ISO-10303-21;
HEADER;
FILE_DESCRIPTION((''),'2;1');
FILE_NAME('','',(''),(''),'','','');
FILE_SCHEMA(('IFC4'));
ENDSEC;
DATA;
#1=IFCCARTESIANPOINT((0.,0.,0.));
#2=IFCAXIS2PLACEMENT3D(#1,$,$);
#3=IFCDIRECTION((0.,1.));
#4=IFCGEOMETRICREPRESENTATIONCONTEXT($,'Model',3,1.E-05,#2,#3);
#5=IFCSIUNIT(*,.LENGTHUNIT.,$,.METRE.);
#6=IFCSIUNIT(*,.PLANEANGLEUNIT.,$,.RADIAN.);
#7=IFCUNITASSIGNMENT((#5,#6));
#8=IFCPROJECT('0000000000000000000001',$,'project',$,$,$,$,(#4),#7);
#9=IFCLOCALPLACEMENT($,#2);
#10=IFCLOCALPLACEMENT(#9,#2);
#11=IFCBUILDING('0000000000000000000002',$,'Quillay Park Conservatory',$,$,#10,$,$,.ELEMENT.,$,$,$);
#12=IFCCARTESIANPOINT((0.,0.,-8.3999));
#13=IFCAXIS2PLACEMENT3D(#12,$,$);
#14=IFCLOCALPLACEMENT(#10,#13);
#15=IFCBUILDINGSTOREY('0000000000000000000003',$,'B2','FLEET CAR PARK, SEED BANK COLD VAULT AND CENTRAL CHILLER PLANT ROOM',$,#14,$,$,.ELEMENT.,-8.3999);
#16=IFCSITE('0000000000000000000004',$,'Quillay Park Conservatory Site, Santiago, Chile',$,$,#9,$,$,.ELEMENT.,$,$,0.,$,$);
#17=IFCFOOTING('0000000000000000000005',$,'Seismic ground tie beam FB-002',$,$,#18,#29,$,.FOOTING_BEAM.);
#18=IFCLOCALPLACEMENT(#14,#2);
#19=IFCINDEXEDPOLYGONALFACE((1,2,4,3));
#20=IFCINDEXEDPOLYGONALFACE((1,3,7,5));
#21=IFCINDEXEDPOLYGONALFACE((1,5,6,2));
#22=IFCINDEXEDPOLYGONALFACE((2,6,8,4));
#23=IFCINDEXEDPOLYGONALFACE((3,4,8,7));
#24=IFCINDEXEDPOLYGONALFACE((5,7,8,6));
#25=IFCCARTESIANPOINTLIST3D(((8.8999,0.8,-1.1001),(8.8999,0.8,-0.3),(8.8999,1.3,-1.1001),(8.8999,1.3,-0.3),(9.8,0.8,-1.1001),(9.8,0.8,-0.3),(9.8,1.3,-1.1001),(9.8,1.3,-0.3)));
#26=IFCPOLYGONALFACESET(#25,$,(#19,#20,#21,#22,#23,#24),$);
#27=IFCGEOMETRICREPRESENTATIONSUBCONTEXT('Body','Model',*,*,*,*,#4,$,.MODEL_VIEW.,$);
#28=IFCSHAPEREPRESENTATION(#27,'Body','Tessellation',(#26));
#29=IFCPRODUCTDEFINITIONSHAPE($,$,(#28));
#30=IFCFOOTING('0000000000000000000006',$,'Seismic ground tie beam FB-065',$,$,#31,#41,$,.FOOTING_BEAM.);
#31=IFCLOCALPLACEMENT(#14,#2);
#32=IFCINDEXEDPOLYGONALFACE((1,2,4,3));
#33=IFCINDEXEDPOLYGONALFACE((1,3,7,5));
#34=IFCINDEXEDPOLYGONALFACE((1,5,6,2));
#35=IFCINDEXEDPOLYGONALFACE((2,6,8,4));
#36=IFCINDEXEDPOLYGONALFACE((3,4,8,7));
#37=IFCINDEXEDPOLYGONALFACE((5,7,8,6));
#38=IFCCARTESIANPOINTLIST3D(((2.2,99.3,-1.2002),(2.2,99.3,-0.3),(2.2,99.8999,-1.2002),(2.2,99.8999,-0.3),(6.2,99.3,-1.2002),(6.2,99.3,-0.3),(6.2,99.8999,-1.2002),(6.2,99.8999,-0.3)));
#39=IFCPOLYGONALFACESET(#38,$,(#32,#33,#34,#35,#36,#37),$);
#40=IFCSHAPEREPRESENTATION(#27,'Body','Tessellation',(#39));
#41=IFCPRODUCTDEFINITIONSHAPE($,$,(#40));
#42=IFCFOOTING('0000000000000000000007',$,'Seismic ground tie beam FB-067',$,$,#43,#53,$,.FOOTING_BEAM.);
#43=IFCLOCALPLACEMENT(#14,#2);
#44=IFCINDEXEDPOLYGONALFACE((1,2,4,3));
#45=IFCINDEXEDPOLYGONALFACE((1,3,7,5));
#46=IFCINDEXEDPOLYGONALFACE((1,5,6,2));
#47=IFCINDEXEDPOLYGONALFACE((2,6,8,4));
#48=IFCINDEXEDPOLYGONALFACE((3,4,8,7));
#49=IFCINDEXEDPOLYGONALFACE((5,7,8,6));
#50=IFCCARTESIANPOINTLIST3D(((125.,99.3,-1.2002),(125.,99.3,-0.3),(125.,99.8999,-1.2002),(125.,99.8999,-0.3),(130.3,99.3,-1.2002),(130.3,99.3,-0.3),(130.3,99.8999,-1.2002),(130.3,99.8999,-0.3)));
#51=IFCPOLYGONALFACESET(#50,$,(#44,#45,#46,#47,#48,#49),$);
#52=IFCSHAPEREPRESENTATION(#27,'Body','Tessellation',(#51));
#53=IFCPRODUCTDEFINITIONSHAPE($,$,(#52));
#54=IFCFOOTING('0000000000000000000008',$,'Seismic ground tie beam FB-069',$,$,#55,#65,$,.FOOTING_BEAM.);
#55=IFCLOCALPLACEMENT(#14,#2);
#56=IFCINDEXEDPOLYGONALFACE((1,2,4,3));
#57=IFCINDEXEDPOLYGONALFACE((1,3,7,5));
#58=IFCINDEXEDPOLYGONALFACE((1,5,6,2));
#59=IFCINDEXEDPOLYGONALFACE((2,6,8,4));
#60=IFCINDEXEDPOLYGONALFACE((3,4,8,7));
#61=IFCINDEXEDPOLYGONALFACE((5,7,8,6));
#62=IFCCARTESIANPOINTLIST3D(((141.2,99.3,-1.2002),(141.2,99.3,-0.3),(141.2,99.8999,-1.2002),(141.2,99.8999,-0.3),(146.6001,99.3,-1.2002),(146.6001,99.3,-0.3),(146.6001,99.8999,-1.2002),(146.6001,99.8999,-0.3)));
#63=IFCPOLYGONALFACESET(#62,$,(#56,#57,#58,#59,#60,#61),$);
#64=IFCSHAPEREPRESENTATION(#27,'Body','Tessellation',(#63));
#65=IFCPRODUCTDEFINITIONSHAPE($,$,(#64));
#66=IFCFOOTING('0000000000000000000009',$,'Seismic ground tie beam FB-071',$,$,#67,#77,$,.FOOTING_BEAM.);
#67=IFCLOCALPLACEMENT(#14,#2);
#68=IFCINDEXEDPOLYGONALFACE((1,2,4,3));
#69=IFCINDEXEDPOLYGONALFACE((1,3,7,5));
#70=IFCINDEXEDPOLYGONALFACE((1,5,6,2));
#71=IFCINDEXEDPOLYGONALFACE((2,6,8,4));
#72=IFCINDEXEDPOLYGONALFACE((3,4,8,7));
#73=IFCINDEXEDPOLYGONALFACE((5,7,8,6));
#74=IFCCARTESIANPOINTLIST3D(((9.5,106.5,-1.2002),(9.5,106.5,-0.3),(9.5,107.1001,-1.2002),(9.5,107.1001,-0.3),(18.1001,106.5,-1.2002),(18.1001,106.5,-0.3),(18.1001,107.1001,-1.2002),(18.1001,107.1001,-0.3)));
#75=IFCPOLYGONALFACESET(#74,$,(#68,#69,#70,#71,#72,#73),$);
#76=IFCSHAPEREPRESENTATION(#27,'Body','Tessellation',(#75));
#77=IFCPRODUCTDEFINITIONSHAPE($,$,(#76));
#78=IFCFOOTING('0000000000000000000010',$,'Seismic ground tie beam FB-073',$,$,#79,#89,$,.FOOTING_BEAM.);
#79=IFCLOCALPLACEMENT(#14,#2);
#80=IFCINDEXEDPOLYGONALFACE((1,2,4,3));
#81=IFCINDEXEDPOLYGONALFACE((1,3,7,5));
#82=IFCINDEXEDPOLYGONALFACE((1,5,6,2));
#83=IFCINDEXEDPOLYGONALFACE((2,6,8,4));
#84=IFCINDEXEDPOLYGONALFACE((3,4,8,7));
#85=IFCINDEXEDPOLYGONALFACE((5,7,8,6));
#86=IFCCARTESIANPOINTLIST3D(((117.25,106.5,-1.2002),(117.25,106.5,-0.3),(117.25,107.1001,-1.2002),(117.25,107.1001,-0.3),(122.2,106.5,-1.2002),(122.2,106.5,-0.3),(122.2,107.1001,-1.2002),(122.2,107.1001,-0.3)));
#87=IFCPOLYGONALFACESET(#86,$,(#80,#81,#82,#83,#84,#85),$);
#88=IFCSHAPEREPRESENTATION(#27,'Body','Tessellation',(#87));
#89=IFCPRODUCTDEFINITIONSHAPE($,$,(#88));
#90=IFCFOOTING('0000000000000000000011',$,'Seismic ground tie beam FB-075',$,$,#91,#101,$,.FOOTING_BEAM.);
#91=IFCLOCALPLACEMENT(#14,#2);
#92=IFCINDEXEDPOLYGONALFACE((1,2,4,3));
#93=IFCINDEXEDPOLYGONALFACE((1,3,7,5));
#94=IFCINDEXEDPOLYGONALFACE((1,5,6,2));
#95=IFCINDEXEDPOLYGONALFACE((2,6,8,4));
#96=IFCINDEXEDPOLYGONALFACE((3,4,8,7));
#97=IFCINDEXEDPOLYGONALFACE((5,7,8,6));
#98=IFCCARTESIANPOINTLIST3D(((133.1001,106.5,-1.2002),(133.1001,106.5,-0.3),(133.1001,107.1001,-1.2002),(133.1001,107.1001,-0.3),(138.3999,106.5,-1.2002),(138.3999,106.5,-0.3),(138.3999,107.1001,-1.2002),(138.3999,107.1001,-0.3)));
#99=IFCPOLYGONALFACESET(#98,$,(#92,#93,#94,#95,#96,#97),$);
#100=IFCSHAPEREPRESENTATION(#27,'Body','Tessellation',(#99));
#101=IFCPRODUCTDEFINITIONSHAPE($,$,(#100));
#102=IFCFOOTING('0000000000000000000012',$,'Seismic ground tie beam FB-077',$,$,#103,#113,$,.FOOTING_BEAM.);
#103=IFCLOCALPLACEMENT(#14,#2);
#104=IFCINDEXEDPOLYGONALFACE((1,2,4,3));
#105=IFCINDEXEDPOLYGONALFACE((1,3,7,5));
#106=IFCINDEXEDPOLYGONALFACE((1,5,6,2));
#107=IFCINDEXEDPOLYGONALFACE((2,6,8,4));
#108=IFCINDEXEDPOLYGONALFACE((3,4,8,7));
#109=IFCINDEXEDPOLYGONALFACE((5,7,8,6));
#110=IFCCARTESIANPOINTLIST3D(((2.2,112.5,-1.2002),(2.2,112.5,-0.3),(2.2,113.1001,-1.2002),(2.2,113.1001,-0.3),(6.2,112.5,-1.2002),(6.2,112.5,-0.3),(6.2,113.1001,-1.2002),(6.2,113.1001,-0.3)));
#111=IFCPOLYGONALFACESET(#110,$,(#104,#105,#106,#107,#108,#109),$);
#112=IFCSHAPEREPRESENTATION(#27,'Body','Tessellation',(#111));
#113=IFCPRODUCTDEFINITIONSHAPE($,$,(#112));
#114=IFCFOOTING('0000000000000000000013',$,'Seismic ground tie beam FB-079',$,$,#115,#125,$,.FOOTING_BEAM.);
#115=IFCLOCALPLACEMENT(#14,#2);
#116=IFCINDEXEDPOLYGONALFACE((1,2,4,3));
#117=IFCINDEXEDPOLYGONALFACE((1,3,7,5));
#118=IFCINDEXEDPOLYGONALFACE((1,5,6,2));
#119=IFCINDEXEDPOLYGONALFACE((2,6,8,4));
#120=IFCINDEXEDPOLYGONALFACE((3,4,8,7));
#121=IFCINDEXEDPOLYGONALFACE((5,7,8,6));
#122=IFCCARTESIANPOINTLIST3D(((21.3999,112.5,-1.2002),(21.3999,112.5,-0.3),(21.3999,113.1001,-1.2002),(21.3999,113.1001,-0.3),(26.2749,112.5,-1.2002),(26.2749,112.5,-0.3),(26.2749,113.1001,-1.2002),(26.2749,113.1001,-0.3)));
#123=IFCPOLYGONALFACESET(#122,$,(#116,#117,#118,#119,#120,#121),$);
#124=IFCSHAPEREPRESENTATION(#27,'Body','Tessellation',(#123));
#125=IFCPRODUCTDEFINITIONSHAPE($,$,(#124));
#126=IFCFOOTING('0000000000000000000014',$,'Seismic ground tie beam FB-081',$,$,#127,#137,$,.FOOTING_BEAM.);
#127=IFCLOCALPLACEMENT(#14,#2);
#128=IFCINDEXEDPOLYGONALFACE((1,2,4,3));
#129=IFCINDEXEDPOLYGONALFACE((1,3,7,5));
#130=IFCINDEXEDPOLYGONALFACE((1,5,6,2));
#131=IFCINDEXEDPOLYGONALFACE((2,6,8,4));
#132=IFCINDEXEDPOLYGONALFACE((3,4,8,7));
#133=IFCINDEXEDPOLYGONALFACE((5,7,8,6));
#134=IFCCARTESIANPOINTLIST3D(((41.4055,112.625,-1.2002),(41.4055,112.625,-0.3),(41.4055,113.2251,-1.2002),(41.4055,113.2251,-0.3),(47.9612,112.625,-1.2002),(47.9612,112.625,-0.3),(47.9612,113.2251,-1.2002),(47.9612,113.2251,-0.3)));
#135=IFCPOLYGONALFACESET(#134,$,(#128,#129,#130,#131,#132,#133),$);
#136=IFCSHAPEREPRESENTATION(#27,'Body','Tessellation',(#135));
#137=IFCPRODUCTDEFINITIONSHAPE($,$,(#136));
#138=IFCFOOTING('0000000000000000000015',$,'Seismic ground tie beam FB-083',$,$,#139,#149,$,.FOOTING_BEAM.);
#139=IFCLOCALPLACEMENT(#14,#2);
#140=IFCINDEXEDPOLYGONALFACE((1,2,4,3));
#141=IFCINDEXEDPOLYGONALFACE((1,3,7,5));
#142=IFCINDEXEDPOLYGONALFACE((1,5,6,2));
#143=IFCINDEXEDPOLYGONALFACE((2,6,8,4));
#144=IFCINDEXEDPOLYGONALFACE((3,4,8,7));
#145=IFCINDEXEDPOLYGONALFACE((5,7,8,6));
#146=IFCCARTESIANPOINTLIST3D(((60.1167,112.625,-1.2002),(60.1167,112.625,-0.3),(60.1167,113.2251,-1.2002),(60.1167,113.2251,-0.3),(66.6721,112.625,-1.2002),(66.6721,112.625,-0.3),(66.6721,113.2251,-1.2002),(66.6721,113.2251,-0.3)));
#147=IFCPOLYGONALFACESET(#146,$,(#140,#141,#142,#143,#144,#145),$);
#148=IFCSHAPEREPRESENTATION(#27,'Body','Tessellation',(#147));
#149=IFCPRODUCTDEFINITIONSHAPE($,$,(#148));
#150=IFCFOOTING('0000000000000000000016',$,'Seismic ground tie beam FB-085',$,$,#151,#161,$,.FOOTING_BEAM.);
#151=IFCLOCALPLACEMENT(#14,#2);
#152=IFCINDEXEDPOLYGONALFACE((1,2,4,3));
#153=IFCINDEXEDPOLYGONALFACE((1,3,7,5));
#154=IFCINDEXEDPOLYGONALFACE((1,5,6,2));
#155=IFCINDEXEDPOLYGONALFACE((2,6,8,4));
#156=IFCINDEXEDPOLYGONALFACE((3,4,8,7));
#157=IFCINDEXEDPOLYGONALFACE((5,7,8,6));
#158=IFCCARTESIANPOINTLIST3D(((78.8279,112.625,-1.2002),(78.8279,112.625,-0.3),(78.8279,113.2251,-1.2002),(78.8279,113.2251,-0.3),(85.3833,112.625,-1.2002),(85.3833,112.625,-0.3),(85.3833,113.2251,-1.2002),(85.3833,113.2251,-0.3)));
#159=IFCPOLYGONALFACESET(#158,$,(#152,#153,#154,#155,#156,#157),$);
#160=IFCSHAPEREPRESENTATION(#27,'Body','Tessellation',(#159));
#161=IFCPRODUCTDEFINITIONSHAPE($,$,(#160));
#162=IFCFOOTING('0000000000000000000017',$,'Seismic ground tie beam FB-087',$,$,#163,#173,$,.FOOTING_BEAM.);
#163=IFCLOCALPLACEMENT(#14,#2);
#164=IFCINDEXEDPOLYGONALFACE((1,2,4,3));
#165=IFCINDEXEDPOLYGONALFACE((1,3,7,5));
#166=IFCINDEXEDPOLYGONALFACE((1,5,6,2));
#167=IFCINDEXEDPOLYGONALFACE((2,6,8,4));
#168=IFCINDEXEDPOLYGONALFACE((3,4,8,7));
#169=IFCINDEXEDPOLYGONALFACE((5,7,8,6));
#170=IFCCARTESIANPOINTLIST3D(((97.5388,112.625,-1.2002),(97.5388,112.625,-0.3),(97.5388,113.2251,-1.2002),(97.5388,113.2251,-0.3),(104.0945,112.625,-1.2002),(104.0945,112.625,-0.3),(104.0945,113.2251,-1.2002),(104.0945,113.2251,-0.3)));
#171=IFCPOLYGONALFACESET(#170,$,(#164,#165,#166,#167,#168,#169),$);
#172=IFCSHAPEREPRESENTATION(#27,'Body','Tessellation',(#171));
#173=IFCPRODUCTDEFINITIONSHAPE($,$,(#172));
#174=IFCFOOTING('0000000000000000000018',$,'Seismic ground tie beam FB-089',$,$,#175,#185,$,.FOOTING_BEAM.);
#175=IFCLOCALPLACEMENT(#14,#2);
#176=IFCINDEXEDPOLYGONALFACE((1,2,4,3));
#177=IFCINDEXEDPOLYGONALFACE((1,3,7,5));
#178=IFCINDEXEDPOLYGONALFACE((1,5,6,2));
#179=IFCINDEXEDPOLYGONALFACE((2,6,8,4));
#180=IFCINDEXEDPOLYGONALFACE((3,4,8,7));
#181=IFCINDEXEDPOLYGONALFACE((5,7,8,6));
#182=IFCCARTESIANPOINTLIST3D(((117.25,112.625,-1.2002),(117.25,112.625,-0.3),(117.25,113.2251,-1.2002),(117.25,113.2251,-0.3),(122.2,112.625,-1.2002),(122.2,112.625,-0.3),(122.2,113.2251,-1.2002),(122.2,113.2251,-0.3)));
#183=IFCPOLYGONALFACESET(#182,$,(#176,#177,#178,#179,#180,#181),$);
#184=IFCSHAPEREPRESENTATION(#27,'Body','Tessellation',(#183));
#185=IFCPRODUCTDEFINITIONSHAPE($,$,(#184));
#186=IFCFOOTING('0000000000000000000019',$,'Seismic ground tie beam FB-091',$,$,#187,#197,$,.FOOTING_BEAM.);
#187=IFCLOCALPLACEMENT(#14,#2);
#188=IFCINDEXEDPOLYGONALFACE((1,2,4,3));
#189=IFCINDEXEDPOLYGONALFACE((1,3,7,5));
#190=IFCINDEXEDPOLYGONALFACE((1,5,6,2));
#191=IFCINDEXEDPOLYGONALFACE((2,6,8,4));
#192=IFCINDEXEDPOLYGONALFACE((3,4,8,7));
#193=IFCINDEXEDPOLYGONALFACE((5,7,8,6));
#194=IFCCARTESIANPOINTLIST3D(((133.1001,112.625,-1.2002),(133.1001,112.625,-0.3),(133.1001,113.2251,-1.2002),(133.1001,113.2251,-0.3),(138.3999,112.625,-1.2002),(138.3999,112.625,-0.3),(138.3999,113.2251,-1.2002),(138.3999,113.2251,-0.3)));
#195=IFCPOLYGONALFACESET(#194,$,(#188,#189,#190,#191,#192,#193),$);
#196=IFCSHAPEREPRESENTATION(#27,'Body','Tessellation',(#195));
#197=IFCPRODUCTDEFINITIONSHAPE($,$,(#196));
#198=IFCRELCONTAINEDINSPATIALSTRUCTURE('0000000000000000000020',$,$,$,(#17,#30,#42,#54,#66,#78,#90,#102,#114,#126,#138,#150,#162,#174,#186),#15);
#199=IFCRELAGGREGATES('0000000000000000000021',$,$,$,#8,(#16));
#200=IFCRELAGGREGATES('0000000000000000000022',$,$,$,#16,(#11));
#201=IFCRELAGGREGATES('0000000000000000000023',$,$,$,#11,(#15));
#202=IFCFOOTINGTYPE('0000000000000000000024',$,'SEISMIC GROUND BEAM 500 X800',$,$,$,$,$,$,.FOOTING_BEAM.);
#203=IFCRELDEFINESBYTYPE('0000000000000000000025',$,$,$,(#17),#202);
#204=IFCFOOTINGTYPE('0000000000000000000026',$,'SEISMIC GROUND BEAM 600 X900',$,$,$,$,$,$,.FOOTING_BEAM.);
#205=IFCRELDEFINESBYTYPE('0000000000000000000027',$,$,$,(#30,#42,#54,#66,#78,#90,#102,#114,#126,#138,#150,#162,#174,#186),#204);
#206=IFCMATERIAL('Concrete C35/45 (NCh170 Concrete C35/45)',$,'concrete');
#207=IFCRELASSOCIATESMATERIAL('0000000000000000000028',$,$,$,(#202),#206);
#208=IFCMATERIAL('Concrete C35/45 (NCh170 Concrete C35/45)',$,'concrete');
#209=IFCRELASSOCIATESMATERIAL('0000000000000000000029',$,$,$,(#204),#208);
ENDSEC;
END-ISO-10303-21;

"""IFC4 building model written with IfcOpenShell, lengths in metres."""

from ifc_helpers import new_model, si_unit, direction, frame, origin, place, context, subcontext, project, spatial, polyline, outline, extrude, material, type_object, element, save


model = new_model("IFC4")

# Units and contexts
model_context = context("Model", 3, precision=1e-05, world=origin(), true_north=direction((0.0, 1.0)))
body_context = subcontext(model_context, "Body", "Model", "MODEL_VIEW")
ifc_project = project(units=[si_unit("LENGTHUNIT", "METRE"), si_unit("PLANEANGLEUNIT", "RADIAN")], contexts=[model_context])

# Site, building, storey
site_placement = place(None, origin())
site = spatial("IfcSite", under=ifc_project, at=site_placement, Name="Quillay Park Conservatory Site, Santiago, Chile", CompositionType="ELEMENT", RefElevation=0.0)
building_placement = place(site_placement, origin())
building = spatial("IfcBuilding", under=site, at=building_placement, Name="Quillay Park Conservatory", CompositionType="ELEMENT")
storey_placement = place(building_placement, frame((0.0, 0.0, -8.3999)))
storey = spatial("IfcBuildingStorey", under=building, at=storey_placement, Name="B2", Description="FLEET CAR PARK, SEED BANK COLD VAULT AND CENTRAL CHILLER PLANT ROOM", CompositionType="ELEMENT", Elevation=-8.3999)

# Footings
ifc_material_1 = material(Name="Concrete C35/45 (NCh170 Concrete C35/45)", Category="concrete")
footing_type_1 = type_object("IfcFootingType", Name="SEISMIC GROUND BEAM 500 X800", PredefinedType="FOOTING_BEAM", material=ifc_material_1)
footing_1_placement = place(storey_placement, frame((0.0, 0.0, -1.1001)))
element("IfcFooting", 1, at=footing_1_placement, inside=storey, type_object=footing_type_1, Name="Seismic ground tie beam FB-002", PredefinedType="FOOTING_BEAM", context=body_context, shape_type="SweptSolid", body=[
    extrude(outline(polyline([(8.8999, 0.8), (9.8, 0.8), (9.8, 1.3), (8.8999, 1.3), (8.8999, 0.8)])), origin(), (0.0, 0.0, 1.0), 0.8),
])
ifc_material_2 = material(Name="Concrete C35/45 (NCh170 Concrete C35/45)", Category="concrete")
footing_type_2 = type_object("IfcFootingType", Name="SEISMIC GROUND BEAM 600 X900", PredefinedType="FOOTING_BEAM", material=ifc_material_2)
footing_2_placement = place(storey_placement, frame((0.0, 0.0, -1.2002)))
element("IfcFooting", 2, at=footing_2_placement, inside=storey, type_object=footing_type_2, Name="Seismic ground tie beam FB-065", PredefinedType="FOOTING_BEAM", context=body_context, shape_type="SweptSolid", body=[
    extrude(outline(polyline([(2.2, 99.3), (6.2, 99.3), (6.2, 99.8999), (2.2, 99.8999), (2.2, 99.3)])), origin(), (0.0, 0.0, 1.0), 0.9001),
])
footing_3_placement = place(storey_placement, frame((0.0, 0.0, -1.2002)))
element("IfcFooting", 3, at=footing_3_placement, inside=storey, type_object=footing_type_2, Name="Seismic ground tie beam FB-067", PredefinedType="FOOTING_BEAM", context=body_context, shape_type="SweptSolid", body=[
    extrude(outline(polyline([(125.0, 99.3), (130.3, 99.3), (130.3, 99.8999), (125.0, 99.8999), (125.0, 99.3)])), origin(), (0.0, 0.0, 1.0), 0.9001),
])
footing_4_placement = place(storey_placement, frame((0.0, 0.0, -1.2002)))
element("IfcFooting", 4, at=footing_4_placement, inside=storey, type_object=footing_type_2, Name="Seismic ground tie beam FB-069", PredefinedType="FOOTING_BEAM", context=body_context, shape_type="SweptSolid", body=[
    extrude(outline(polyline([(141.2, 99.3), (146.6001, 99.3), (146.6001, 99.8999), (141.2, 99.8999), (141.2, 99.3)])), origin(), (0.0, 0.0, 1.0), 0.9001),
])
footing_5_placement = place(storey_placement, frame((0.0, 0.0, -1.2002)))
element("IfcFooting", 5, at=footing_5_placement, inside=storey, type_object=footing_type_2, Name="Seismic ground tie beam FB-071", PredefinedType="FOOTING_BEAM", context=body_context, shape_type="SweptSolid", body=[
    extrude(outline(polyline([(9.5, 106.5), (18.1001, 106.5), (18.1001, 107.1001), (9.5, 107.1001), (9.5, 106.5)])), origin(), (0.0, 0.0, 1.0), 0.9001),
])
footing_6_placement = place(storey_placement, frame((0.0, 0.0, -1.2002)))
element("IfcFooting", 6, at=footing_6_placement, inside=storey, type_object=footing_type_2, Name="Seismic ground tie beam FB-073", PredefinedType="FOOTING_BEAM", context=body_context, shape_type="SweptSolid", body=[
    extrude(outline(polyline([(117.25, 106.5), (122.2, 106.5), (122.2, 107.1001), (117.25, 107.1001), (117.25, 106.5)])), origin(), (0.0, 0.0, 1.0), 0.9001),
])
footing_7_placement = place(storey_placement, frame((0.0, 0.0, -1.2002)))
element("IfcFooting", 7, at=footing_7_placement, inside=storey, type_object=footing_type_2, Name="Seismic ground tie beam FB-075", PredefinedType="FOOTING_BEAM", context=body_context, shape_type="SweptSolid", body=[
    extrude(outline(polyline([(133.1001, 106.5), (138.3999, 106.5), (138.3999, 107.1001), (133.1001, 107.1001), (133.1001, 106.5)])), origin(), (0.0, 0.0, 1.0), 0.9001),
])
footing_8_placement = place(storey_placement, frame((0.0, 0.0, -1.2002)))
element("IfcFooting", 8, at=footing_8_placement, inside=storey, type_object=footing_type_2, Name="Seismic ground tie beam FB-077", PredefinedType="FOOTING_BEAM", context=body_context, shape_type="SweptSolid", body=[
    extrude(outline(polyline([(2.2, 112.5), (6.2, 112.5), (6.2, 113.1001), (2.2, 113.1001), (2.2, 112.5)])), origin(), (0.0, 0.0, 1.0), 0.9001),
])
footing_9_placement = place(storey_placement, frame((0.0, 0.0, -1.2002)))
element("IfcFooting", 9, at=footing_9_placement, inside=storey, type_object=footing_type_2, Name="Seismic ground tie beam FB-079", PredefinedType="FOOTING_BEAM", context=body_context, shape_type="SweptSolid", body=[
    extrude(outline(polyline([(21.3999, 112.5), (26.2749, 112.5), (26.2749, 113.1001), (21.3999, 113.1001), (21.3999, 112.5)])), origin(), (0.0, 0.0, 1.0), 0.9001),
])
footing_10_placement = place(storey_placement, frame((0.0, 0.0, -1.2002)))
element("IfcFooting", 10, at=footing_10_placement, inside=storey, type_object=footing_type_2, Name="Seismic ground tie beam FB-081", PredefinedType="FOOTING_BEAM", context=body_context, shape_type="SweptSolid", body=[
    extrude(outline(polyline([(41.4055, 112.625), (47.9612, 112.625), (47.9612, 113.2251), (41.4055, 113.2251), (41.4055, 112.625)])), origin(), (0.0, 0.0, 1.0), 0.9001),
])
footing_11_placement = place(storey_placement, frame((0.0, 0.0, -1.2002)))
element("IfcFooting", 11, at=footing_11_placement, inside=storey, type_object=footing_type_2, Name="Seismic ground tie beam FB-083", PredefinedType="FOOTING_BEAM", context=body_context, shape_type="SweptSolid", body=[
    extrude(outline(polyline([(60.1167, 112.625), (66.6721, 112.625), (66.6721, 113.2251), (60.1167, 113.2251), (60.1167, 112.625)])), origin(), (0.0, 0.0, 1.0), 0.9001),
])
footing_12_placement = place(storey_placement, frame((0.0, 0.0, -1.2002)))
element("IfcFooting", 12, at=footing_12_placement, inside=storey, type_object=footing_type_2, Name="Seismic ground tie beam FB-085", PredefinedType="FOOTING_BEAM", context=body_context, shape_type="SweptSolid", body=[
    extrude(outline(polyline([(78.8279, 112.625), (85.3833, 112.625), (85.3833, 113.2251), (78.8279, 113.2251), (78.8279, 112.625)])), origin(), (0.0, 0.0, 1.0), 0.9001),
])
footing_13_placement = place(storey_placement, frame((0.0, 0.0, -1.2002)))
element("IfcFooting", 13, at=footing_13_placement, inside=storey, type_object=footing_type_2, Name="Seismic ground tie beam FB-087", PredefinedType="FOOTING_BEAM", context=body_context, shape_type="SweptSolid", body=[
    extrude(outline(polyline([(97.5388, 112.625), (104.0945, 112.625), (104.0945, 113.2251), (97.5388, 113.2251), (97.5388, 112.625)])), origin(), (0.0, 0.0, 1.0), 0.9001),
])
footing_14_placement = place(storey_placement, frame((0.0, 0.0, -1.2002)))
element("IfcFooting", 14, at=footing_14_placement, inside=storey, type_object=footing_type_2, Name="Seismic ground tie beam FB-089", PredefinedType="FOOTING_BEAM", context=body_context, shape_type="SweptSolid", body=[
    extrude(outline(polyline([(117.25, 112.625), (122.2, 112.625), (122.2, 113.2251), (117.25, 113.2251), (117.25, 112.625)])), origin(), (0.0, 0.0, 1.0), 0.9001),
])
footing_15_placement = place(storey_placement, frame((0.0, 0.0, -1.2002)))
element("IfcFooting", 15, at=footing_15_placement, inside=storey, type_object=footing_type_2, Name="Seismic ground tie beam FB-091", PredefinedType="FOOTING_BEAM", context=body_context, shape_type="SweptSolid", body=[
    extrude(outline(polyline([(133.1001, 112.625), (138.3999, 112.625), (138.3999, 113.2251), (133.1001, 113.2251), (133.1001, 112.625)])), origin(), (0.0, 0.0, 1.0), 0.9001),
])

save(model, "model.ifc")
